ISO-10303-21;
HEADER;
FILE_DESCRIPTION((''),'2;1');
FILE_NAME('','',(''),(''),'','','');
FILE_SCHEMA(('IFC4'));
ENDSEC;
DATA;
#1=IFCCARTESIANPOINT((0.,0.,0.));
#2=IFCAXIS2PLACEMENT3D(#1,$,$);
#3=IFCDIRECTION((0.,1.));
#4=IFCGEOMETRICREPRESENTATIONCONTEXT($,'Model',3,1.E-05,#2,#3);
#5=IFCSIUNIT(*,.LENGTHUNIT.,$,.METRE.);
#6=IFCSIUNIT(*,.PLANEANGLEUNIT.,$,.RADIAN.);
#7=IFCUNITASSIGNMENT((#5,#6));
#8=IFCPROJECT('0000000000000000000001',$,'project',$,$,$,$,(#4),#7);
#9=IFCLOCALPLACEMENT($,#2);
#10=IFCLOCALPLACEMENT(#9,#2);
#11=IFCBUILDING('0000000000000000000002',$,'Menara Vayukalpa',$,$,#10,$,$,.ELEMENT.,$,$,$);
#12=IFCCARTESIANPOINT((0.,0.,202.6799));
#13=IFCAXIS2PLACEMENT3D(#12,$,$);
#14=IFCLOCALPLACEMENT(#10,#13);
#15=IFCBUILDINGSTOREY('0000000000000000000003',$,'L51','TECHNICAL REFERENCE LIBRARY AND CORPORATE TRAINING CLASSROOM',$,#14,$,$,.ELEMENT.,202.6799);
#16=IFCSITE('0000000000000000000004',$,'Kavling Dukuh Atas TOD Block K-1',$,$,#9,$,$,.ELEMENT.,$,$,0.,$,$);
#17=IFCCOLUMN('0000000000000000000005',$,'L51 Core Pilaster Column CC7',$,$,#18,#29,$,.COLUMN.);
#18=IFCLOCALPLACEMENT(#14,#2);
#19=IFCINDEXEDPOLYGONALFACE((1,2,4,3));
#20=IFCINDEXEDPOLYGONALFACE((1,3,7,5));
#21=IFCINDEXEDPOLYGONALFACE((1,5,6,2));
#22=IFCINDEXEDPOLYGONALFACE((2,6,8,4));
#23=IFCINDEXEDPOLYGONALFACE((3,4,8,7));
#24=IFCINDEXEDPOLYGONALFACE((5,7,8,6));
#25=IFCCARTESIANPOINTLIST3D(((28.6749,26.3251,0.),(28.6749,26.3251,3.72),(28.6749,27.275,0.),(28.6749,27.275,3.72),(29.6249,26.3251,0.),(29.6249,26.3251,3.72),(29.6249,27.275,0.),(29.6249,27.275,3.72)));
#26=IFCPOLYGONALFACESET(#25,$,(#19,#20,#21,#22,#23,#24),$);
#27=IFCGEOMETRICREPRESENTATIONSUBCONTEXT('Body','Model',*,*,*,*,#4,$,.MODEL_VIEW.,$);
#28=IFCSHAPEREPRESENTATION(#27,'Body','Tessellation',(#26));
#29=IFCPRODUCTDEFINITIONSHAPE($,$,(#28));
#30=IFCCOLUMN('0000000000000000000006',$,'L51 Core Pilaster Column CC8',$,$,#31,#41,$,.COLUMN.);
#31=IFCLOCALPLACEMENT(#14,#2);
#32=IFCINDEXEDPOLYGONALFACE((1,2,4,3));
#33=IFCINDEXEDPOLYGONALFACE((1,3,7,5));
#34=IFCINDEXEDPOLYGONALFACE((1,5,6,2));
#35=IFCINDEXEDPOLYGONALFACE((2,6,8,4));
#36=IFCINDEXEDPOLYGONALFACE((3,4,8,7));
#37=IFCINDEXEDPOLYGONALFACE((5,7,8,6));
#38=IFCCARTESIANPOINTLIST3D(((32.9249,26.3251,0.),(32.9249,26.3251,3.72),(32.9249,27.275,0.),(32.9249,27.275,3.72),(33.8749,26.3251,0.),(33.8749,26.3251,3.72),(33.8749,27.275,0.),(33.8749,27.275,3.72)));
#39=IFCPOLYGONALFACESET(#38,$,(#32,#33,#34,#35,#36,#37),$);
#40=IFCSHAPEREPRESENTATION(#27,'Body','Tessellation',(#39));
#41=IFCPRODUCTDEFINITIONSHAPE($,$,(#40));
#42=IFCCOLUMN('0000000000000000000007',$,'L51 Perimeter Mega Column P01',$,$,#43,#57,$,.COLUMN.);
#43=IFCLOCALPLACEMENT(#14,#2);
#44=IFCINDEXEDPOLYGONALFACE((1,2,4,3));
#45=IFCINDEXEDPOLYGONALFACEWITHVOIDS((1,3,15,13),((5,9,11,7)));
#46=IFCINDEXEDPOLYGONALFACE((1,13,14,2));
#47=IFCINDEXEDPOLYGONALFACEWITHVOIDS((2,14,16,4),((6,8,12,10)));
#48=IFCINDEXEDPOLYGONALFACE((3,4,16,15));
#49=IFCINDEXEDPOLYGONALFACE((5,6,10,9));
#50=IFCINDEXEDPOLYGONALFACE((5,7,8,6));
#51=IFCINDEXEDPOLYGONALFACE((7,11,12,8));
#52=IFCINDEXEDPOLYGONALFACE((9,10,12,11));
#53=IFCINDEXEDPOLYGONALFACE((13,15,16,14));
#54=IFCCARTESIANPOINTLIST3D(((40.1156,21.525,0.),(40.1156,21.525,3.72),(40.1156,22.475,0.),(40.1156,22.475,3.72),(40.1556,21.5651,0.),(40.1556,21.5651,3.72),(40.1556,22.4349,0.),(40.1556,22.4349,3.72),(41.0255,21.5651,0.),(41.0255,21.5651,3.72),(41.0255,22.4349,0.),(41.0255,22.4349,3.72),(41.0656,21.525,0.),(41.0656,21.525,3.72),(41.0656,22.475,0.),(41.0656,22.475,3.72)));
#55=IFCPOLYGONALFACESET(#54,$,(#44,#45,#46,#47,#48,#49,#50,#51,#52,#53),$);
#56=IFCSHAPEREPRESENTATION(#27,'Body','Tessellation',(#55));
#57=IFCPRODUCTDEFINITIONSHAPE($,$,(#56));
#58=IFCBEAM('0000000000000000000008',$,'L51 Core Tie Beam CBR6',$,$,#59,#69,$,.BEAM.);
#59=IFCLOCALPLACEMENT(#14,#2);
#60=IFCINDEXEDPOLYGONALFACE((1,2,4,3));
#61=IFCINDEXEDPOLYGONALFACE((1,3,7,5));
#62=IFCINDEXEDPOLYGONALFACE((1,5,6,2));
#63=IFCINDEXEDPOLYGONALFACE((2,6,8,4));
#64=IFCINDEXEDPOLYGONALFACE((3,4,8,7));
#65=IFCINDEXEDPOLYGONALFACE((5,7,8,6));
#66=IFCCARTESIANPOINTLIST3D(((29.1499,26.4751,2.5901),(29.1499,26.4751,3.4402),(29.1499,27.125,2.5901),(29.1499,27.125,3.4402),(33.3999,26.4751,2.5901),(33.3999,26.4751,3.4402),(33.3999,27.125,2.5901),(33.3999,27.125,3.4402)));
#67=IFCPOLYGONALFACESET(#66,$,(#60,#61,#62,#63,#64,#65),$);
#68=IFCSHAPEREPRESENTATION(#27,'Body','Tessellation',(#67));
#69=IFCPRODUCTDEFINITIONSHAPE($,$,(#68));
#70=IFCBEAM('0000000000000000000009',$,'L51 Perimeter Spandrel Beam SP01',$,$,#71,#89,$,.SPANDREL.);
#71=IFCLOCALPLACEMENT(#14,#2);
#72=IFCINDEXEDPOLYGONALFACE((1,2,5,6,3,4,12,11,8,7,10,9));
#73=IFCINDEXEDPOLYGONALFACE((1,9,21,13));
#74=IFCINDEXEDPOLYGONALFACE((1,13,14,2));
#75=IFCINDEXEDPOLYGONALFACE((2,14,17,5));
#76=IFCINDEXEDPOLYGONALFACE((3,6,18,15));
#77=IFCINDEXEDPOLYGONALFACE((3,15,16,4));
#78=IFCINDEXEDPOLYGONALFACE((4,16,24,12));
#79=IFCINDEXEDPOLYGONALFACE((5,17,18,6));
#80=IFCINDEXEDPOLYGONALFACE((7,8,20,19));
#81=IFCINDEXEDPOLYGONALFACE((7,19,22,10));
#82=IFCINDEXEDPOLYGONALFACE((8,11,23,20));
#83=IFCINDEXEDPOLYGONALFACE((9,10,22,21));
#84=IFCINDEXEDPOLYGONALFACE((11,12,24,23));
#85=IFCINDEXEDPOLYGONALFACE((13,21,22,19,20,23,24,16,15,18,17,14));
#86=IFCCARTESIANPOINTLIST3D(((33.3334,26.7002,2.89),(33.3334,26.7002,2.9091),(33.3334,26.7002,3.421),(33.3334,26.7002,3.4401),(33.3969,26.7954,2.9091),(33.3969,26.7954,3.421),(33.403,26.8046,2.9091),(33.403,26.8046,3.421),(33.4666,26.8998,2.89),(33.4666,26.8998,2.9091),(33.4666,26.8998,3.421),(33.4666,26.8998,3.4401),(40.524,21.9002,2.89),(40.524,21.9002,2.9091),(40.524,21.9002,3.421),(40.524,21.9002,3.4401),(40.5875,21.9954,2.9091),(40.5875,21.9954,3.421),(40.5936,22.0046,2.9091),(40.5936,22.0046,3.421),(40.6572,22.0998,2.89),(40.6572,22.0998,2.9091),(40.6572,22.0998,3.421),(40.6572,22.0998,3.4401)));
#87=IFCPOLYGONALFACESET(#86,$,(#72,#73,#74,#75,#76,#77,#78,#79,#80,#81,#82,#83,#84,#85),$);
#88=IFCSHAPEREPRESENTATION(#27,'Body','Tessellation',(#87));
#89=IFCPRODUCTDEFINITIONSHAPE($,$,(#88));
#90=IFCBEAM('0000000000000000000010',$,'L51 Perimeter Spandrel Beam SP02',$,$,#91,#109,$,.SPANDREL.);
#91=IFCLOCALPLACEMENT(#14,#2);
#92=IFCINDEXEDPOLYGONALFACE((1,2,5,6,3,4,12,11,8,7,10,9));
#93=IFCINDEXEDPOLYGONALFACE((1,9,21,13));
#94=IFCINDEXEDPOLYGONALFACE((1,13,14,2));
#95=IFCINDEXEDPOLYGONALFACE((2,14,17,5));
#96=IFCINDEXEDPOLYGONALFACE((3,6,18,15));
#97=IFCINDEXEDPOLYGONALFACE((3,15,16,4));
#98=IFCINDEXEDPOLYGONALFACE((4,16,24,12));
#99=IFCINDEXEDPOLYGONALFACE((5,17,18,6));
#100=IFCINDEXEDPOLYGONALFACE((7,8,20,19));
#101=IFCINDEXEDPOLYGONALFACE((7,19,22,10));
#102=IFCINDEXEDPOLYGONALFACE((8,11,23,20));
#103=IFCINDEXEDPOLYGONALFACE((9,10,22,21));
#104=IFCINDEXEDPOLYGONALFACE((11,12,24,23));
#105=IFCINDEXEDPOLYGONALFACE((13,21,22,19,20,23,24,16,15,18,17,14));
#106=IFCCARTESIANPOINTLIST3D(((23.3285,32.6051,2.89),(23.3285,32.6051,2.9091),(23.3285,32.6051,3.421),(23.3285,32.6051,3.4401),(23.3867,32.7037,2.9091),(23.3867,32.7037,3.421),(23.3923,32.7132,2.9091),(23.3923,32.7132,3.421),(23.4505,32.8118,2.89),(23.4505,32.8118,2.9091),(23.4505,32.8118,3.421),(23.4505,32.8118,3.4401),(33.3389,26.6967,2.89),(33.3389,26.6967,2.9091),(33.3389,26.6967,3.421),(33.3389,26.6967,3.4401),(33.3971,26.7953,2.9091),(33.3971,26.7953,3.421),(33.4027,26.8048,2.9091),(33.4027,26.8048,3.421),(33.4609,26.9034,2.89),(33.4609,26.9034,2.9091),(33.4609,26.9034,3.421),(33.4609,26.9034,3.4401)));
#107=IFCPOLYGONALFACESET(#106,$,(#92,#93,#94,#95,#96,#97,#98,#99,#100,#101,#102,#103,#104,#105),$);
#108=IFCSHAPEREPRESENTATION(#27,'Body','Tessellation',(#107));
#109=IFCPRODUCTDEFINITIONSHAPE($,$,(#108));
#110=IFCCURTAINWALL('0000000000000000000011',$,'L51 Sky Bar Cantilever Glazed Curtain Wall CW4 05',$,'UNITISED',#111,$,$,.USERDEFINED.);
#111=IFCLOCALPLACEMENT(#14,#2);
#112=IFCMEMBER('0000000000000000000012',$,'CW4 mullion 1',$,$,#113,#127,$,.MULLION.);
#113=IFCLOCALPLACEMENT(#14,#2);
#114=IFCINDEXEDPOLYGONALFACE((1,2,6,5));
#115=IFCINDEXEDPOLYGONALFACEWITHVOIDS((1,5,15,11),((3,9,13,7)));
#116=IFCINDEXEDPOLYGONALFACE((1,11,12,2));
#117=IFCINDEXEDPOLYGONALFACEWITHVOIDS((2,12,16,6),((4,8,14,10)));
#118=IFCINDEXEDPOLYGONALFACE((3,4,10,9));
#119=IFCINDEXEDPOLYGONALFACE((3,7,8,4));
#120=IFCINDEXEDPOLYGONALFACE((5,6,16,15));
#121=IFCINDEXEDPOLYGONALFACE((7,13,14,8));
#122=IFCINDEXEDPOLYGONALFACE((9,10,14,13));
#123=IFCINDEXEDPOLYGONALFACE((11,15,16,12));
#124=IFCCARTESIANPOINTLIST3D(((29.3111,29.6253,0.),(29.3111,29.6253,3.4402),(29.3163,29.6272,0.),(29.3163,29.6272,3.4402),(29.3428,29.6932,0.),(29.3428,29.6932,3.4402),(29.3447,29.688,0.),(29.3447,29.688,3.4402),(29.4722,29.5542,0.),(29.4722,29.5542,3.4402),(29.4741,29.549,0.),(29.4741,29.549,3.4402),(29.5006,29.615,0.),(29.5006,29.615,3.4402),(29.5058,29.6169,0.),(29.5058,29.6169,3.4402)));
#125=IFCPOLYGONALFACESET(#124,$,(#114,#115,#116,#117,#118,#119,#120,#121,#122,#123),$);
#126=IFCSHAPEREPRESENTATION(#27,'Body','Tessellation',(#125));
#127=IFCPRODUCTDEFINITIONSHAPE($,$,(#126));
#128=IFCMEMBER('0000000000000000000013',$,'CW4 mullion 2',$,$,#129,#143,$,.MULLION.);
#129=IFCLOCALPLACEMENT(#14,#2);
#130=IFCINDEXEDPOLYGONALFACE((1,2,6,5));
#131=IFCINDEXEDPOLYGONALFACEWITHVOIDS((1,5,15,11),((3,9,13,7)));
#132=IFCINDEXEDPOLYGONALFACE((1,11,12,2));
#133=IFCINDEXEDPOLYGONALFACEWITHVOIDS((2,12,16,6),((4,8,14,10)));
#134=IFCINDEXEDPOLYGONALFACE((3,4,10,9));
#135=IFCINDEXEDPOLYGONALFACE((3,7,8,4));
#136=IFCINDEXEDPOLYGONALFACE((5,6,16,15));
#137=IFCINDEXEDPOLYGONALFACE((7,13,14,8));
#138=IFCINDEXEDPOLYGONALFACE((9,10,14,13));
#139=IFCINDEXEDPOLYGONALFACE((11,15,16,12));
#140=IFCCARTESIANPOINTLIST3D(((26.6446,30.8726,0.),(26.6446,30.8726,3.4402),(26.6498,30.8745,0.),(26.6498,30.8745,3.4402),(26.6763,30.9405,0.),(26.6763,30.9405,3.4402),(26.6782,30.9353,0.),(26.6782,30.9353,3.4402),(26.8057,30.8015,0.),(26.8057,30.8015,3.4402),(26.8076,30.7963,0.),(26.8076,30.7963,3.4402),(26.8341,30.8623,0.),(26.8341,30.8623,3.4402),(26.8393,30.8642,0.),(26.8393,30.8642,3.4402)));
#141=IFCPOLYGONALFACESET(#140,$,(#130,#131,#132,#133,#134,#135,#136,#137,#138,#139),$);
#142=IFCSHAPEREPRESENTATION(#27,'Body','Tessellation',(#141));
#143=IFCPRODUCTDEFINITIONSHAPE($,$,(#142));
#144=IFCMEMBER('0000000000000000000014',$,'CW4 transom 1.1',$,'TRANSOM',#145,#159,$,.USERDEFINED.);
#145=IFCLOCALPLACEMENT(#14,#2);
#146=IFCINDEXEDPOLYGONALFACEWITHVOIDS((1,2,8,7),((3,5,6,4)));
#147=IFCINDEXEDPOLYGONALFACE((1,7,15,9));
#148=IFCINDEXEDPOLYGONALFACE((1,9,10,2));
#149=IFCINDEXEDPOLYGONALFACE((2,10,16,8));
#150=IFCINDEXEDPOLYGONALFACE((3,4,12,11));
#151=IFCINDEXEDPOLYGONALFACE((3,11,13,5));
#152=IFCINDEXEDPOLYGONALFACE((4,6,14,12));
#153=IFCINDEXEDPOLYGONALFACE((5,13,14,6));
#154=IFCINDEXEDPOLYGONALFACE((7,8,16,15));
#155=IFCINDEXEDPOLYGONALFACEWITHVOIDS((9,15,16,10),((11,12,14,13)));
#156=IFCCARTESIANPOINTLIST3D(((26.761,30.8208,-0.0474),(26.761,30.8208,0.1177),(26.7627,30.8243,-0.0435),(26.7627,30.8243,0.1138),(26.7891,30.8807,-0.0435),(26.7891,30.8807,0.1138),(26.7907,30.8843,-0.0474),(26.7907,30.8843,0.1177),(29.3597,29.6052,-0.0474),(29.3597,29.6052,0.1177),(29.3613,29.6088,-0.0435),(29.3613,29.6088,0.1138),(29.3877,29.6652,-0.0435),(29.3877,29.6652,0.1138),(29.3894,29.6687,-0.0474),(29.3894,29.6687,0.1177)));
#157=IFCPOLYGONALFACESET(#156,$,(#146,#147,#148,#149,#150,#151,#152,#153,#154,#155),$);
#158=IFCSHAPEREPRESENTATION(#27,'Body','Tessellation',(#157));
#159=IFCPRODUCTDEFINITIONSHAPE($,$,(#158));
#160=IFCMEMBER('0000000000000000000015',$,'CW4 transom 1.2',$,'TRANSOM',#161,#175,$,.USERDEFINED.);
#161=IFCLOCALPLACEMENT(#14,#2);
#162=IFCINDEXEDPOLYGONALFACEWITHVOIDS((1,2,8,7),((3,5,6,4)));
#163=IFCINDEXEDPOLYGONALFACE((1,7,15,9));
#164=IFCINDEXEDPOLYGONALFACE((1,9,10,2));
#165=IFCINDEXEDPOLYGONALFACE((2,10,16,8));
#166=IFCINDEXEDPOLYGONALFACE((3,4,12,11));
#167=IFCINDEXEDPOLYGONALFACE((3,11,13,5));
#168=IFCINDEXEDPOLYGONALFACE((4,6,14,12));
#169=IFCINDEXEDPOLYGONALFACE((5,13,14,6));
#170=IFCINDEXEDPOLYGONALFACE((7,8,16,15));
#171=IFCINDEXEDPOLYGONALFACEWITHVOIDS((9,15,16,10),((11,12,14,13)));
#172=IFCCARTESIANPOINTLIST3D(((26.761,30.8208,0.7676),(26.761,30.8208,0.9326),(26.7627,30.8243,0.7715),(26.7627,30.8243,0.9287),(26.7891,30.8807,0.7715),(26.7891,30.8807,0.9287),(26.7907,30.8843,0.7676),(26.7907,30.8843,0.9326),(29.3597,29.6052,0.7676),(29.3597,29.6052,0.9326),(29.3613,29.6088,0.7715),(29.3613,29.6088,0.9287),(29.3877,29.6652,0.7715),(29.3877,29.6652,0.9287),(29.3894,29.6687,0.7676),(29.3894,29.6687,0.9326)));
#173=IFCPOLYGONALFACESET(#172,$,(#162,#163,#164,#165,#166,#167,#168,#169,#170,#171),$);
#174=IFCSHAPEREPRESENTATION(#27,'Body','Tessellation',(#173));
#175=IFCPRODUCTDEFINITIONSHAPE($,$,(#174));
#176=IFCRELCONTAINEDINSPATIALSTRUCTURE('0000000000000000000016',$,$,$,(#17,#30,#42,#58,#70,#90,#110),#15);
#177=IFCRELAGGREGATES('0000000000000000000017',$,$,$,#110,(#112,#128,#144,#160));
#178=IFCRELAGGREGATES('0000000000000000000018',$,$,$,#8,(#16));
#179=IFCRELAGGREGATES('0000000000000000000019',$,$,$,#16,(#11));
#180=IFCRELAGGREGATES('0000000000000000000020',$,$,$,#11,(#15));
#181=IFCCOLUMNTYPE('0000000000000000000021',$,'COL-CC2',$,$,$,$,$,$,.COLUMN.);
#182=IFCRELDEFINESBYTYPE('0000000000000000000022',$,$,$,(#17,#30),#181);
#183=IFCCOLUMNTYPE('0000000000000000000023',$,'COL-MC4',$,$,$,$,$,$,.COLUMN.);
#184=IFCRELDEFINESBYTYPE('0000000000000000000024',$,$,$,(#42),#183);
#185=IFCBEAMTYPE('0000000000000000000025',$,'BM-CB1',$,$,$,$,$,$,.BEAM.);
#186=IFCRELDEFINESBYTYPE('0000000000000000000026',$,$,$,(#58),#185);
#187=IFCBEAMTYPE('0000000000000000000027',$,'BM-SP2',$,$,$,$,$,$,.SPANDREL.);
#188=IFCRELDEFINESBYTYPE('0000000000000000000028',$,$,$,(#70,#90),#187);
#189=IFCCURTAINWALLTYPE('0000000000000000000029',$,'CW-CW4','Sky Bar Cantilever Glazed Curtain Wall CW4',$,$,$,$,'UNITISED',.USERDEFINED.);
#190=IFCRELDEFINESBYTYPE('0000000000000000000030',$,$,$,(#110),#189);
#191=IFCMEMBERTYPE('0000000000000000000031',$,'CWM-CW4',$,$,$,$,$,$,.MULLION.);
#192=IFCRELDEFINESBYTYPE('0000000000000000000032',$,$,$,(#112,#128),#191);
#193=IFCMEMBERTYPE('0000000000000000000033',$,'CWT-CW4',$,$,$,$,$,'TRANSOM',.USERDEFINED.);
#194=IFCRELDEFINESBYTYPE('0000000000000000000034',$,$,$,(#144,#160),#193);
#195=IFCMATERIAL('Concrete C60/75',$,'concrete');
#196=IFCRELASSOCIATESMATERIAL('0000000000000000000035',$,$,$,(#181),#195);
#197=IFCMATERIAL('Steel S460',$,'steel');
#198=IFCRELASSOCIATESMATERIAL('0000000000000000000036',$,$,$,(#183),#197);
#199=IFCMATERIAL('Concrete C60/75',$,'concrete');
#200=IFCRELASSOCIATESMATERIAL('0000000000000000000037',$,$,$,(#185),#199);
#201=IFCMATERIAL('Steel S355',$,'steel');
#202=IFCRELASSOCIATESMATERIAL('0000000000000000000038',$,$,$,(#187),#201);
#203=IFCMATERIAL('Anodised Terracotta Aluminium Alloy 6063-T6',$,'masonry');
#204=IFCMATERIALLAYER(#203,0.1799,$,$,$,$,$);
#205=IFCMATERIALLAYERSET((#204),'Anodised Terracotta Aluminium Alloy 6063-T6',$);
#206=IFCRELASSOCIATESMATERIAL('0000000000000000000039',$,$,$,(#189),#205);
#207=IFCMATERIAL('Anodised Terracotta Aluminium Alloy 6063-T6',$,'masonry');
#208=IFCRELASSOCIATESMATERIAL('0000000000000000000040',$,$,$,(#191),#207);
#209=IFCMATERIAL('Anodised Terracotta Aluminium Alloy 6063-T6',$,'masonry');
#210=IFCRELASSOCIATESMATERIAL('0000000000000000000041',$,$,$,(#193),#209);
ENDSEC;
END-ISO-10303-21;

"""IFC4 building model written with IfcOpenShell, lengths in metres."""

from ifc_helpers import new_model, si_unit, direction, frame, origin, origin_2d, place, context, subcontext, project, spatial, rectangle, hollow_rectangle, i_section, extrude, material, layer, layer_set, material_profile, profile_set, type_object, element, aggregate, save


model = new_model("IFC4")

# Units and contexts
model_context = context("Model", 3, precision=1e-05, world=origin(), true_north=direction((0.0, 1.0)))
body_context = subcontext(model_context, "Body", "Model", "MODEL_VIEW")
ifc_project = project(units=[si_unit("LENGTHUNIT", "METRE"), si_unit("PLANEANGLEUNIT", "RADIAN")], contexts=[model_context])

# Site, building, storey
site_placement = place(None, origin())
site = spatial("IfcSite", under=ifc_project, at=site_placement, Name="Kavling Dukuh Atas TOD Block K-1", CompositionType="ELEMENT", RefElevation=0.0)
building_placement = place(site_placement, origin())
building = spatial("IfcBuilding", under=site, at=building_placement, Name="Menara Vayukalpa", CompositionType="ELEMENT")
storey_placement = place(building_placement, frame((0.0, 0.0, 202.6799)))
storey = spatial("IfcBuildingStorey", under=building, at=storey_placement, Name="L51", Description="TECHNICAL REFERENCE LIBRARY AND CORPORATE TRAINING CLASSROOM", CompositionType="ELEMENT", Elevation=202.6799)

# Columns
ifc_material_1 = material(Name="Concrete C60/75", Category="concrete")
ifc_material_profile_1 = material_profile(ifc_material_1, rectangle(XDim=0.95, YDim=0.95, at=origin_2d()), Name="RC 950x950")
ifc_profile_set_1 = profile_set([ifc_material_profile_1], Name="Concrete C60/75")
column_type_1 = type_object("IfcColumnType", Name="COL-CC2", PredefinedType="COLUMN", material=ifc_profile_set_1)
for number, where, z_axis, x_axis, name in (
    (1, (29.1499, 26.8, 0.0), (0.0, 0.0, 1.0), (1.0, 0.0, 0.0), "L51 Core Pilaster Column CC7"),
    (2, (33.3999, 26.8, 0.0), (0.0, 0.0, 1.0), (1.0, 0.0, 0.0), "L51 Core Pilaster Column CC8"),
):
    element("IfcColumn", number, at=place(storey_placement, frame(where, z_axis=z_axis, x_axis=x_axis)), inside=storey, type_object=column_type_1, Name=name, PredefinedType="COLUMN", context=body_context, shape_type="SweptSolid", body=[
        extrude(rectangle(XDim=0.95, YDim=0.95, at=origin_2d()), origin(), (0.0, 0.0, 1.0), 3.72),
    ])
ifc_material_2 = material(Name="Steel S460", Category="steel")
ifc_material_profile_2 = material_profile(ifc_material_2, hollow_rectangle(XDim=0.95, YDim=0.95, WallThickness=0.04, at=origin_2d()), Name="BOX 950x950x40")
ifc_profile_set_2 = profile_set([ifc_material_profile_2], Name="Steel S460")
column_type_2 = type_object("IfcColumnType", Name="COL-MC4", PredefinedType="COLUMN", material=ifc_profile_set_2)
column_placement = place(storey_placement, frame((40.5906, 22.0, 0.0), z_axis=(0.0, 0.0, 1.0), x_axis=(1.0, 0.0, 0.0)))
element("IfcColumn", 3, at=column_placement, inside=storey, type_object=column_type_2, Name="L51 Perimeter Mega Column P01", PredefinedType="COLUMN", context=body_context, shape_type="SweptSolid", body=[
    extrude(hollow_rectangle(XDim=0.95, YDim=0.95, WallThickness=0.04, at=origin_2d()), origin(), (0.0, 0.0, 1.0), 3.72),
])

# Beams
ifc_material_3 = material(Name="Concrete C60/75", Category="concrete")
ifc_material_profile_3 = material_profile(ifc_material_3, rectangle(XDim=0.6499, YDim=0.8501, at=origin_2d()), Name="RC 650x850")
ifc_profile_set_3 = profile_set([ifc_material_profile_3], Name="Concrete C60/75")
beam_type_1 = type_object("IfcBeamType", Name="BM-CB1", PredefinedType="BEAM", material=ifc_profile_set_3)
beam_1_placement = place(storey_placement, frame((29.1499, 26.8, 3.0151), z_axis=(1.0, 0.0, 0.0), x_axis=(0.0, 1.0, 0.0)))
element("IfcBeam", 4, at=beam_1_placement, inside=storey, type_object=beam_type_1, Name="L51 Core Tie Beam CBR6", PredefinedType="BEAM", context=body_context, shape_type="SweptSolid", body=[
    extrude(rectangle(XDim=0.6499, YDim=0.8501, at=origin_2d()), origin(), (0.0, 0.0, 1.0), 4.25),
])
ifc_material_4 = material(Name="Steel S355", Category="steel")
ifc_material_profile_4 = material_profile(ifc_material_4, i_section(OverallWidth=0.24, OverallDepth=0.55, WebThickness=0.011, FlangeThickness=0.019, at=origin_2d()), Name="WF 550x240x11x19")
ifc_profile_set_4 = profile_set([ifc_material_profile_4], Name="Steel S355")
beam_type_2 = type_object("IfcBeamType", Name="BM-SP2", PredefinedType="SPANDREL", material=ifc_profile_set_4)
beam_2_placement = place(storey_placement, frame((40.5906, 22.0, 3.165), z_axis=(-0.831716, 0.555202, 0.0), x_axis=(-0.555202, -0.831716, 0.0)))
element("IfcBeam", 5, at=beam_2_placement, inside=storey, type_object=beam_type_2, Name="L51 Perimeter Spandrel Beam SP01", PredefinedType="SPANDREL", context=body_context, shape_type="SweptSolid", body=[
    extrude(i_section(OverallWidth=0.24, OverallDepth=0.55, WebThickness=0.011, FlangeThickness=0.019, at=origin_2d()), origin(), (0.0, 0.0, 1.0), 8.6455),
])
beam_3_placement = place(storey_placement, frame((33.3999, 26.8, 3.165), z_axis=(-0.861184, 0.508293, 0.0), x_axis=(-0.508293, -0.861184, 0.0)))
element("IfcBeam", 6, at=beam_3_placement, inside=storey, type_object=beam_type_2, Name="L51 Perimeter Spandrel Beam SP02", PredefinedType="SPANDREL", context=body_context, shape_type="SweptSolid", body=[
    extrude(i_section(OverallWidth=0.24, OverallDepth=0.55, WebThickness=0.011, FlangeThickness=0.019, at=origin_2d()), origin(), (0.0, 0.0, 1.0), 11.624),
])

# Curtain wall, members
ifc_material_5 = material(Name="Anodised Terracotta Aluminium Alloy 6063-T6", Category="masonry")
ifc_layer_1 = layer(ifc_material_5, 0.1799)
ifc_layer_set_1 = layer_set([ifc_layer_1], Name="Anodised Terracotta Aluminium Alloy 6063-T6")
curtain_wall_type = type_object("IfcCurtainWallType", Name="CW-CW4", Description="Sky Bar Cantilever Glazed Curtain Wall CW4", ElementType="UNITISED", PredefinedType="USERDEFINED", material=ifc_layer_set_1)
curtain_wall_placement = place(storey_placement, origin())
curtain_wall = element("IfcCurtainWall", 7, at=curtain_wall_placement, inside=storey, type_object=curtain_wall_type, Name="L51 Sky Bar Cantilever Glazed Curtain Wall CW4 05", ObjectType="UNITISED", PredefinedType="USERDEFINED")
ifc_material_6 = material(Name="Anodised Terracotta Aluminium Alloy 6063-T6", Category="masonry")
ifc_material_profile_5 = material_profile(ifc_material_6, hollow_rectangle(XDim=0.075, YDim=0.1799, WallThickness=0.0039, at=origin_2d()), Name="ALU 75x180x4")
ifc_profile_set_5 = profile_set([ifc_material_profile_5], Name="Anodised Terracotta Aluminium Alloy 6063-T6")
member_type_1 = type_object("IfcMemberType", Name="CWM-CW4", PredefinedType="MULLION", material=ifc_profile_set_5)
member_1_placement = place(storey_placement, frame((29.4084, 29.6211, 0.0), z_axis=(0.0, 0.0, 1.0), x_axis=(-0.423744, -0.905782, 0.0)))
member_1 = element("IfcMember", 8, at=member_1_placement, type_object=member_type_1, Name="CW4 mullion 1", PredefinedType="MULLION", context=body_context, shape_type="SweptSolid", body=[
    extrude(hollow_rectangle(XDim=0.075, YDim=0.1799, WallThickness=0.0039, at=origin_2d()), origin(), (0.0, 0.0, 1.0), 3.4402),
])
member_2_placement = place(storey_placement, frame((26.7419, 30.8684, 0.0), z_axis=(0.0, 0.0, 1.0), x_axis=(-0.423744, -0.905782, 0.0)))
member_2 = element("IfcMember", 9, at=member_2_placement, type_object=member_type_1, Name="CW4 mullion 2", PredefinedType="MULLION", context=body_context, shape_type="SweptSolid", body=[
    extrude(hollow_rectangle(XDim=0.075, YDim=0.1799, WallThickness=0.0039, at=origin_2d()), origin(), (0.0, 0.0, 1.0), 3.4402),
])
ifc_material_7 = material(Name="Anodised Terracotta Aluminium Alloy 6063-T6", Category="masonry")
ifc_material_profile_6 = material_profile(ifc_material_7, hollow_rectangle(XDim=0.0701, YDim=0.165, WallThickness=0.0039, at=origin_2d()), Name="ALU 70x165x4")
ifc_profile_set_6 = profile_set([ifc_material_profile_6], Name="Anodised Terracotta Aluminium Alloy 6063-T6")
member_type_2 = type_object("IfcMemberType", Name="CWT-CW4", ElementType="TRANSOM", PredefinedType="USERDEFINED", material=ifc_profile_set_6)
member_3_placement = place(storey_placement, frame((29.3745, 29.637, 0.0352), z_axis=(-0.905798, 0.42371, 0.0), x_axis=(-0.42371, -0.905798, 0.0)))
member_3 = element("IfcMember", 10, at=member_3_placement, type_object=member_type_2, Name="CW4 transom 1.1", ObjectType="TRANSOM", PredefinedType="USERDEFINED", context=body_context, shape_type="SweptSolid", body=[
    extrude(hollow_rectangle(XDim=0.0701, YDim=0.165, WallThickness=0.0039, at=origin_2d()), origin(), (0.0, 0.0, 1.0), 2.8689),
])
member_4_placement = place(storey_placement, frame((29.3745, 29.637, 0.8501), z_axis=(-0.905798, 0.42371, 0.0), x_axis=(-0.42371, -0.905798, 0.0)))
member_4 = element("IfcMember", 11, at=member_4_placement, type_object=member_type_2, Name="CW4 transom 1.2", ObjectType="TRANSOM", PredefinedType="USERDEFINED", context=body_context, shape_type="SweptSolid", body=[
    extrude(hollow_rectangle(XDim=0.0701, YDim=0.165, WallThickness=0.0039, at=origin_2d()), origin(), (0.0, 0.0, 1.0), 2.8689),
])
aggregate(curtain_wall, [member_1, member_2, member_3, member_4])

save(model, "model.ifc")
